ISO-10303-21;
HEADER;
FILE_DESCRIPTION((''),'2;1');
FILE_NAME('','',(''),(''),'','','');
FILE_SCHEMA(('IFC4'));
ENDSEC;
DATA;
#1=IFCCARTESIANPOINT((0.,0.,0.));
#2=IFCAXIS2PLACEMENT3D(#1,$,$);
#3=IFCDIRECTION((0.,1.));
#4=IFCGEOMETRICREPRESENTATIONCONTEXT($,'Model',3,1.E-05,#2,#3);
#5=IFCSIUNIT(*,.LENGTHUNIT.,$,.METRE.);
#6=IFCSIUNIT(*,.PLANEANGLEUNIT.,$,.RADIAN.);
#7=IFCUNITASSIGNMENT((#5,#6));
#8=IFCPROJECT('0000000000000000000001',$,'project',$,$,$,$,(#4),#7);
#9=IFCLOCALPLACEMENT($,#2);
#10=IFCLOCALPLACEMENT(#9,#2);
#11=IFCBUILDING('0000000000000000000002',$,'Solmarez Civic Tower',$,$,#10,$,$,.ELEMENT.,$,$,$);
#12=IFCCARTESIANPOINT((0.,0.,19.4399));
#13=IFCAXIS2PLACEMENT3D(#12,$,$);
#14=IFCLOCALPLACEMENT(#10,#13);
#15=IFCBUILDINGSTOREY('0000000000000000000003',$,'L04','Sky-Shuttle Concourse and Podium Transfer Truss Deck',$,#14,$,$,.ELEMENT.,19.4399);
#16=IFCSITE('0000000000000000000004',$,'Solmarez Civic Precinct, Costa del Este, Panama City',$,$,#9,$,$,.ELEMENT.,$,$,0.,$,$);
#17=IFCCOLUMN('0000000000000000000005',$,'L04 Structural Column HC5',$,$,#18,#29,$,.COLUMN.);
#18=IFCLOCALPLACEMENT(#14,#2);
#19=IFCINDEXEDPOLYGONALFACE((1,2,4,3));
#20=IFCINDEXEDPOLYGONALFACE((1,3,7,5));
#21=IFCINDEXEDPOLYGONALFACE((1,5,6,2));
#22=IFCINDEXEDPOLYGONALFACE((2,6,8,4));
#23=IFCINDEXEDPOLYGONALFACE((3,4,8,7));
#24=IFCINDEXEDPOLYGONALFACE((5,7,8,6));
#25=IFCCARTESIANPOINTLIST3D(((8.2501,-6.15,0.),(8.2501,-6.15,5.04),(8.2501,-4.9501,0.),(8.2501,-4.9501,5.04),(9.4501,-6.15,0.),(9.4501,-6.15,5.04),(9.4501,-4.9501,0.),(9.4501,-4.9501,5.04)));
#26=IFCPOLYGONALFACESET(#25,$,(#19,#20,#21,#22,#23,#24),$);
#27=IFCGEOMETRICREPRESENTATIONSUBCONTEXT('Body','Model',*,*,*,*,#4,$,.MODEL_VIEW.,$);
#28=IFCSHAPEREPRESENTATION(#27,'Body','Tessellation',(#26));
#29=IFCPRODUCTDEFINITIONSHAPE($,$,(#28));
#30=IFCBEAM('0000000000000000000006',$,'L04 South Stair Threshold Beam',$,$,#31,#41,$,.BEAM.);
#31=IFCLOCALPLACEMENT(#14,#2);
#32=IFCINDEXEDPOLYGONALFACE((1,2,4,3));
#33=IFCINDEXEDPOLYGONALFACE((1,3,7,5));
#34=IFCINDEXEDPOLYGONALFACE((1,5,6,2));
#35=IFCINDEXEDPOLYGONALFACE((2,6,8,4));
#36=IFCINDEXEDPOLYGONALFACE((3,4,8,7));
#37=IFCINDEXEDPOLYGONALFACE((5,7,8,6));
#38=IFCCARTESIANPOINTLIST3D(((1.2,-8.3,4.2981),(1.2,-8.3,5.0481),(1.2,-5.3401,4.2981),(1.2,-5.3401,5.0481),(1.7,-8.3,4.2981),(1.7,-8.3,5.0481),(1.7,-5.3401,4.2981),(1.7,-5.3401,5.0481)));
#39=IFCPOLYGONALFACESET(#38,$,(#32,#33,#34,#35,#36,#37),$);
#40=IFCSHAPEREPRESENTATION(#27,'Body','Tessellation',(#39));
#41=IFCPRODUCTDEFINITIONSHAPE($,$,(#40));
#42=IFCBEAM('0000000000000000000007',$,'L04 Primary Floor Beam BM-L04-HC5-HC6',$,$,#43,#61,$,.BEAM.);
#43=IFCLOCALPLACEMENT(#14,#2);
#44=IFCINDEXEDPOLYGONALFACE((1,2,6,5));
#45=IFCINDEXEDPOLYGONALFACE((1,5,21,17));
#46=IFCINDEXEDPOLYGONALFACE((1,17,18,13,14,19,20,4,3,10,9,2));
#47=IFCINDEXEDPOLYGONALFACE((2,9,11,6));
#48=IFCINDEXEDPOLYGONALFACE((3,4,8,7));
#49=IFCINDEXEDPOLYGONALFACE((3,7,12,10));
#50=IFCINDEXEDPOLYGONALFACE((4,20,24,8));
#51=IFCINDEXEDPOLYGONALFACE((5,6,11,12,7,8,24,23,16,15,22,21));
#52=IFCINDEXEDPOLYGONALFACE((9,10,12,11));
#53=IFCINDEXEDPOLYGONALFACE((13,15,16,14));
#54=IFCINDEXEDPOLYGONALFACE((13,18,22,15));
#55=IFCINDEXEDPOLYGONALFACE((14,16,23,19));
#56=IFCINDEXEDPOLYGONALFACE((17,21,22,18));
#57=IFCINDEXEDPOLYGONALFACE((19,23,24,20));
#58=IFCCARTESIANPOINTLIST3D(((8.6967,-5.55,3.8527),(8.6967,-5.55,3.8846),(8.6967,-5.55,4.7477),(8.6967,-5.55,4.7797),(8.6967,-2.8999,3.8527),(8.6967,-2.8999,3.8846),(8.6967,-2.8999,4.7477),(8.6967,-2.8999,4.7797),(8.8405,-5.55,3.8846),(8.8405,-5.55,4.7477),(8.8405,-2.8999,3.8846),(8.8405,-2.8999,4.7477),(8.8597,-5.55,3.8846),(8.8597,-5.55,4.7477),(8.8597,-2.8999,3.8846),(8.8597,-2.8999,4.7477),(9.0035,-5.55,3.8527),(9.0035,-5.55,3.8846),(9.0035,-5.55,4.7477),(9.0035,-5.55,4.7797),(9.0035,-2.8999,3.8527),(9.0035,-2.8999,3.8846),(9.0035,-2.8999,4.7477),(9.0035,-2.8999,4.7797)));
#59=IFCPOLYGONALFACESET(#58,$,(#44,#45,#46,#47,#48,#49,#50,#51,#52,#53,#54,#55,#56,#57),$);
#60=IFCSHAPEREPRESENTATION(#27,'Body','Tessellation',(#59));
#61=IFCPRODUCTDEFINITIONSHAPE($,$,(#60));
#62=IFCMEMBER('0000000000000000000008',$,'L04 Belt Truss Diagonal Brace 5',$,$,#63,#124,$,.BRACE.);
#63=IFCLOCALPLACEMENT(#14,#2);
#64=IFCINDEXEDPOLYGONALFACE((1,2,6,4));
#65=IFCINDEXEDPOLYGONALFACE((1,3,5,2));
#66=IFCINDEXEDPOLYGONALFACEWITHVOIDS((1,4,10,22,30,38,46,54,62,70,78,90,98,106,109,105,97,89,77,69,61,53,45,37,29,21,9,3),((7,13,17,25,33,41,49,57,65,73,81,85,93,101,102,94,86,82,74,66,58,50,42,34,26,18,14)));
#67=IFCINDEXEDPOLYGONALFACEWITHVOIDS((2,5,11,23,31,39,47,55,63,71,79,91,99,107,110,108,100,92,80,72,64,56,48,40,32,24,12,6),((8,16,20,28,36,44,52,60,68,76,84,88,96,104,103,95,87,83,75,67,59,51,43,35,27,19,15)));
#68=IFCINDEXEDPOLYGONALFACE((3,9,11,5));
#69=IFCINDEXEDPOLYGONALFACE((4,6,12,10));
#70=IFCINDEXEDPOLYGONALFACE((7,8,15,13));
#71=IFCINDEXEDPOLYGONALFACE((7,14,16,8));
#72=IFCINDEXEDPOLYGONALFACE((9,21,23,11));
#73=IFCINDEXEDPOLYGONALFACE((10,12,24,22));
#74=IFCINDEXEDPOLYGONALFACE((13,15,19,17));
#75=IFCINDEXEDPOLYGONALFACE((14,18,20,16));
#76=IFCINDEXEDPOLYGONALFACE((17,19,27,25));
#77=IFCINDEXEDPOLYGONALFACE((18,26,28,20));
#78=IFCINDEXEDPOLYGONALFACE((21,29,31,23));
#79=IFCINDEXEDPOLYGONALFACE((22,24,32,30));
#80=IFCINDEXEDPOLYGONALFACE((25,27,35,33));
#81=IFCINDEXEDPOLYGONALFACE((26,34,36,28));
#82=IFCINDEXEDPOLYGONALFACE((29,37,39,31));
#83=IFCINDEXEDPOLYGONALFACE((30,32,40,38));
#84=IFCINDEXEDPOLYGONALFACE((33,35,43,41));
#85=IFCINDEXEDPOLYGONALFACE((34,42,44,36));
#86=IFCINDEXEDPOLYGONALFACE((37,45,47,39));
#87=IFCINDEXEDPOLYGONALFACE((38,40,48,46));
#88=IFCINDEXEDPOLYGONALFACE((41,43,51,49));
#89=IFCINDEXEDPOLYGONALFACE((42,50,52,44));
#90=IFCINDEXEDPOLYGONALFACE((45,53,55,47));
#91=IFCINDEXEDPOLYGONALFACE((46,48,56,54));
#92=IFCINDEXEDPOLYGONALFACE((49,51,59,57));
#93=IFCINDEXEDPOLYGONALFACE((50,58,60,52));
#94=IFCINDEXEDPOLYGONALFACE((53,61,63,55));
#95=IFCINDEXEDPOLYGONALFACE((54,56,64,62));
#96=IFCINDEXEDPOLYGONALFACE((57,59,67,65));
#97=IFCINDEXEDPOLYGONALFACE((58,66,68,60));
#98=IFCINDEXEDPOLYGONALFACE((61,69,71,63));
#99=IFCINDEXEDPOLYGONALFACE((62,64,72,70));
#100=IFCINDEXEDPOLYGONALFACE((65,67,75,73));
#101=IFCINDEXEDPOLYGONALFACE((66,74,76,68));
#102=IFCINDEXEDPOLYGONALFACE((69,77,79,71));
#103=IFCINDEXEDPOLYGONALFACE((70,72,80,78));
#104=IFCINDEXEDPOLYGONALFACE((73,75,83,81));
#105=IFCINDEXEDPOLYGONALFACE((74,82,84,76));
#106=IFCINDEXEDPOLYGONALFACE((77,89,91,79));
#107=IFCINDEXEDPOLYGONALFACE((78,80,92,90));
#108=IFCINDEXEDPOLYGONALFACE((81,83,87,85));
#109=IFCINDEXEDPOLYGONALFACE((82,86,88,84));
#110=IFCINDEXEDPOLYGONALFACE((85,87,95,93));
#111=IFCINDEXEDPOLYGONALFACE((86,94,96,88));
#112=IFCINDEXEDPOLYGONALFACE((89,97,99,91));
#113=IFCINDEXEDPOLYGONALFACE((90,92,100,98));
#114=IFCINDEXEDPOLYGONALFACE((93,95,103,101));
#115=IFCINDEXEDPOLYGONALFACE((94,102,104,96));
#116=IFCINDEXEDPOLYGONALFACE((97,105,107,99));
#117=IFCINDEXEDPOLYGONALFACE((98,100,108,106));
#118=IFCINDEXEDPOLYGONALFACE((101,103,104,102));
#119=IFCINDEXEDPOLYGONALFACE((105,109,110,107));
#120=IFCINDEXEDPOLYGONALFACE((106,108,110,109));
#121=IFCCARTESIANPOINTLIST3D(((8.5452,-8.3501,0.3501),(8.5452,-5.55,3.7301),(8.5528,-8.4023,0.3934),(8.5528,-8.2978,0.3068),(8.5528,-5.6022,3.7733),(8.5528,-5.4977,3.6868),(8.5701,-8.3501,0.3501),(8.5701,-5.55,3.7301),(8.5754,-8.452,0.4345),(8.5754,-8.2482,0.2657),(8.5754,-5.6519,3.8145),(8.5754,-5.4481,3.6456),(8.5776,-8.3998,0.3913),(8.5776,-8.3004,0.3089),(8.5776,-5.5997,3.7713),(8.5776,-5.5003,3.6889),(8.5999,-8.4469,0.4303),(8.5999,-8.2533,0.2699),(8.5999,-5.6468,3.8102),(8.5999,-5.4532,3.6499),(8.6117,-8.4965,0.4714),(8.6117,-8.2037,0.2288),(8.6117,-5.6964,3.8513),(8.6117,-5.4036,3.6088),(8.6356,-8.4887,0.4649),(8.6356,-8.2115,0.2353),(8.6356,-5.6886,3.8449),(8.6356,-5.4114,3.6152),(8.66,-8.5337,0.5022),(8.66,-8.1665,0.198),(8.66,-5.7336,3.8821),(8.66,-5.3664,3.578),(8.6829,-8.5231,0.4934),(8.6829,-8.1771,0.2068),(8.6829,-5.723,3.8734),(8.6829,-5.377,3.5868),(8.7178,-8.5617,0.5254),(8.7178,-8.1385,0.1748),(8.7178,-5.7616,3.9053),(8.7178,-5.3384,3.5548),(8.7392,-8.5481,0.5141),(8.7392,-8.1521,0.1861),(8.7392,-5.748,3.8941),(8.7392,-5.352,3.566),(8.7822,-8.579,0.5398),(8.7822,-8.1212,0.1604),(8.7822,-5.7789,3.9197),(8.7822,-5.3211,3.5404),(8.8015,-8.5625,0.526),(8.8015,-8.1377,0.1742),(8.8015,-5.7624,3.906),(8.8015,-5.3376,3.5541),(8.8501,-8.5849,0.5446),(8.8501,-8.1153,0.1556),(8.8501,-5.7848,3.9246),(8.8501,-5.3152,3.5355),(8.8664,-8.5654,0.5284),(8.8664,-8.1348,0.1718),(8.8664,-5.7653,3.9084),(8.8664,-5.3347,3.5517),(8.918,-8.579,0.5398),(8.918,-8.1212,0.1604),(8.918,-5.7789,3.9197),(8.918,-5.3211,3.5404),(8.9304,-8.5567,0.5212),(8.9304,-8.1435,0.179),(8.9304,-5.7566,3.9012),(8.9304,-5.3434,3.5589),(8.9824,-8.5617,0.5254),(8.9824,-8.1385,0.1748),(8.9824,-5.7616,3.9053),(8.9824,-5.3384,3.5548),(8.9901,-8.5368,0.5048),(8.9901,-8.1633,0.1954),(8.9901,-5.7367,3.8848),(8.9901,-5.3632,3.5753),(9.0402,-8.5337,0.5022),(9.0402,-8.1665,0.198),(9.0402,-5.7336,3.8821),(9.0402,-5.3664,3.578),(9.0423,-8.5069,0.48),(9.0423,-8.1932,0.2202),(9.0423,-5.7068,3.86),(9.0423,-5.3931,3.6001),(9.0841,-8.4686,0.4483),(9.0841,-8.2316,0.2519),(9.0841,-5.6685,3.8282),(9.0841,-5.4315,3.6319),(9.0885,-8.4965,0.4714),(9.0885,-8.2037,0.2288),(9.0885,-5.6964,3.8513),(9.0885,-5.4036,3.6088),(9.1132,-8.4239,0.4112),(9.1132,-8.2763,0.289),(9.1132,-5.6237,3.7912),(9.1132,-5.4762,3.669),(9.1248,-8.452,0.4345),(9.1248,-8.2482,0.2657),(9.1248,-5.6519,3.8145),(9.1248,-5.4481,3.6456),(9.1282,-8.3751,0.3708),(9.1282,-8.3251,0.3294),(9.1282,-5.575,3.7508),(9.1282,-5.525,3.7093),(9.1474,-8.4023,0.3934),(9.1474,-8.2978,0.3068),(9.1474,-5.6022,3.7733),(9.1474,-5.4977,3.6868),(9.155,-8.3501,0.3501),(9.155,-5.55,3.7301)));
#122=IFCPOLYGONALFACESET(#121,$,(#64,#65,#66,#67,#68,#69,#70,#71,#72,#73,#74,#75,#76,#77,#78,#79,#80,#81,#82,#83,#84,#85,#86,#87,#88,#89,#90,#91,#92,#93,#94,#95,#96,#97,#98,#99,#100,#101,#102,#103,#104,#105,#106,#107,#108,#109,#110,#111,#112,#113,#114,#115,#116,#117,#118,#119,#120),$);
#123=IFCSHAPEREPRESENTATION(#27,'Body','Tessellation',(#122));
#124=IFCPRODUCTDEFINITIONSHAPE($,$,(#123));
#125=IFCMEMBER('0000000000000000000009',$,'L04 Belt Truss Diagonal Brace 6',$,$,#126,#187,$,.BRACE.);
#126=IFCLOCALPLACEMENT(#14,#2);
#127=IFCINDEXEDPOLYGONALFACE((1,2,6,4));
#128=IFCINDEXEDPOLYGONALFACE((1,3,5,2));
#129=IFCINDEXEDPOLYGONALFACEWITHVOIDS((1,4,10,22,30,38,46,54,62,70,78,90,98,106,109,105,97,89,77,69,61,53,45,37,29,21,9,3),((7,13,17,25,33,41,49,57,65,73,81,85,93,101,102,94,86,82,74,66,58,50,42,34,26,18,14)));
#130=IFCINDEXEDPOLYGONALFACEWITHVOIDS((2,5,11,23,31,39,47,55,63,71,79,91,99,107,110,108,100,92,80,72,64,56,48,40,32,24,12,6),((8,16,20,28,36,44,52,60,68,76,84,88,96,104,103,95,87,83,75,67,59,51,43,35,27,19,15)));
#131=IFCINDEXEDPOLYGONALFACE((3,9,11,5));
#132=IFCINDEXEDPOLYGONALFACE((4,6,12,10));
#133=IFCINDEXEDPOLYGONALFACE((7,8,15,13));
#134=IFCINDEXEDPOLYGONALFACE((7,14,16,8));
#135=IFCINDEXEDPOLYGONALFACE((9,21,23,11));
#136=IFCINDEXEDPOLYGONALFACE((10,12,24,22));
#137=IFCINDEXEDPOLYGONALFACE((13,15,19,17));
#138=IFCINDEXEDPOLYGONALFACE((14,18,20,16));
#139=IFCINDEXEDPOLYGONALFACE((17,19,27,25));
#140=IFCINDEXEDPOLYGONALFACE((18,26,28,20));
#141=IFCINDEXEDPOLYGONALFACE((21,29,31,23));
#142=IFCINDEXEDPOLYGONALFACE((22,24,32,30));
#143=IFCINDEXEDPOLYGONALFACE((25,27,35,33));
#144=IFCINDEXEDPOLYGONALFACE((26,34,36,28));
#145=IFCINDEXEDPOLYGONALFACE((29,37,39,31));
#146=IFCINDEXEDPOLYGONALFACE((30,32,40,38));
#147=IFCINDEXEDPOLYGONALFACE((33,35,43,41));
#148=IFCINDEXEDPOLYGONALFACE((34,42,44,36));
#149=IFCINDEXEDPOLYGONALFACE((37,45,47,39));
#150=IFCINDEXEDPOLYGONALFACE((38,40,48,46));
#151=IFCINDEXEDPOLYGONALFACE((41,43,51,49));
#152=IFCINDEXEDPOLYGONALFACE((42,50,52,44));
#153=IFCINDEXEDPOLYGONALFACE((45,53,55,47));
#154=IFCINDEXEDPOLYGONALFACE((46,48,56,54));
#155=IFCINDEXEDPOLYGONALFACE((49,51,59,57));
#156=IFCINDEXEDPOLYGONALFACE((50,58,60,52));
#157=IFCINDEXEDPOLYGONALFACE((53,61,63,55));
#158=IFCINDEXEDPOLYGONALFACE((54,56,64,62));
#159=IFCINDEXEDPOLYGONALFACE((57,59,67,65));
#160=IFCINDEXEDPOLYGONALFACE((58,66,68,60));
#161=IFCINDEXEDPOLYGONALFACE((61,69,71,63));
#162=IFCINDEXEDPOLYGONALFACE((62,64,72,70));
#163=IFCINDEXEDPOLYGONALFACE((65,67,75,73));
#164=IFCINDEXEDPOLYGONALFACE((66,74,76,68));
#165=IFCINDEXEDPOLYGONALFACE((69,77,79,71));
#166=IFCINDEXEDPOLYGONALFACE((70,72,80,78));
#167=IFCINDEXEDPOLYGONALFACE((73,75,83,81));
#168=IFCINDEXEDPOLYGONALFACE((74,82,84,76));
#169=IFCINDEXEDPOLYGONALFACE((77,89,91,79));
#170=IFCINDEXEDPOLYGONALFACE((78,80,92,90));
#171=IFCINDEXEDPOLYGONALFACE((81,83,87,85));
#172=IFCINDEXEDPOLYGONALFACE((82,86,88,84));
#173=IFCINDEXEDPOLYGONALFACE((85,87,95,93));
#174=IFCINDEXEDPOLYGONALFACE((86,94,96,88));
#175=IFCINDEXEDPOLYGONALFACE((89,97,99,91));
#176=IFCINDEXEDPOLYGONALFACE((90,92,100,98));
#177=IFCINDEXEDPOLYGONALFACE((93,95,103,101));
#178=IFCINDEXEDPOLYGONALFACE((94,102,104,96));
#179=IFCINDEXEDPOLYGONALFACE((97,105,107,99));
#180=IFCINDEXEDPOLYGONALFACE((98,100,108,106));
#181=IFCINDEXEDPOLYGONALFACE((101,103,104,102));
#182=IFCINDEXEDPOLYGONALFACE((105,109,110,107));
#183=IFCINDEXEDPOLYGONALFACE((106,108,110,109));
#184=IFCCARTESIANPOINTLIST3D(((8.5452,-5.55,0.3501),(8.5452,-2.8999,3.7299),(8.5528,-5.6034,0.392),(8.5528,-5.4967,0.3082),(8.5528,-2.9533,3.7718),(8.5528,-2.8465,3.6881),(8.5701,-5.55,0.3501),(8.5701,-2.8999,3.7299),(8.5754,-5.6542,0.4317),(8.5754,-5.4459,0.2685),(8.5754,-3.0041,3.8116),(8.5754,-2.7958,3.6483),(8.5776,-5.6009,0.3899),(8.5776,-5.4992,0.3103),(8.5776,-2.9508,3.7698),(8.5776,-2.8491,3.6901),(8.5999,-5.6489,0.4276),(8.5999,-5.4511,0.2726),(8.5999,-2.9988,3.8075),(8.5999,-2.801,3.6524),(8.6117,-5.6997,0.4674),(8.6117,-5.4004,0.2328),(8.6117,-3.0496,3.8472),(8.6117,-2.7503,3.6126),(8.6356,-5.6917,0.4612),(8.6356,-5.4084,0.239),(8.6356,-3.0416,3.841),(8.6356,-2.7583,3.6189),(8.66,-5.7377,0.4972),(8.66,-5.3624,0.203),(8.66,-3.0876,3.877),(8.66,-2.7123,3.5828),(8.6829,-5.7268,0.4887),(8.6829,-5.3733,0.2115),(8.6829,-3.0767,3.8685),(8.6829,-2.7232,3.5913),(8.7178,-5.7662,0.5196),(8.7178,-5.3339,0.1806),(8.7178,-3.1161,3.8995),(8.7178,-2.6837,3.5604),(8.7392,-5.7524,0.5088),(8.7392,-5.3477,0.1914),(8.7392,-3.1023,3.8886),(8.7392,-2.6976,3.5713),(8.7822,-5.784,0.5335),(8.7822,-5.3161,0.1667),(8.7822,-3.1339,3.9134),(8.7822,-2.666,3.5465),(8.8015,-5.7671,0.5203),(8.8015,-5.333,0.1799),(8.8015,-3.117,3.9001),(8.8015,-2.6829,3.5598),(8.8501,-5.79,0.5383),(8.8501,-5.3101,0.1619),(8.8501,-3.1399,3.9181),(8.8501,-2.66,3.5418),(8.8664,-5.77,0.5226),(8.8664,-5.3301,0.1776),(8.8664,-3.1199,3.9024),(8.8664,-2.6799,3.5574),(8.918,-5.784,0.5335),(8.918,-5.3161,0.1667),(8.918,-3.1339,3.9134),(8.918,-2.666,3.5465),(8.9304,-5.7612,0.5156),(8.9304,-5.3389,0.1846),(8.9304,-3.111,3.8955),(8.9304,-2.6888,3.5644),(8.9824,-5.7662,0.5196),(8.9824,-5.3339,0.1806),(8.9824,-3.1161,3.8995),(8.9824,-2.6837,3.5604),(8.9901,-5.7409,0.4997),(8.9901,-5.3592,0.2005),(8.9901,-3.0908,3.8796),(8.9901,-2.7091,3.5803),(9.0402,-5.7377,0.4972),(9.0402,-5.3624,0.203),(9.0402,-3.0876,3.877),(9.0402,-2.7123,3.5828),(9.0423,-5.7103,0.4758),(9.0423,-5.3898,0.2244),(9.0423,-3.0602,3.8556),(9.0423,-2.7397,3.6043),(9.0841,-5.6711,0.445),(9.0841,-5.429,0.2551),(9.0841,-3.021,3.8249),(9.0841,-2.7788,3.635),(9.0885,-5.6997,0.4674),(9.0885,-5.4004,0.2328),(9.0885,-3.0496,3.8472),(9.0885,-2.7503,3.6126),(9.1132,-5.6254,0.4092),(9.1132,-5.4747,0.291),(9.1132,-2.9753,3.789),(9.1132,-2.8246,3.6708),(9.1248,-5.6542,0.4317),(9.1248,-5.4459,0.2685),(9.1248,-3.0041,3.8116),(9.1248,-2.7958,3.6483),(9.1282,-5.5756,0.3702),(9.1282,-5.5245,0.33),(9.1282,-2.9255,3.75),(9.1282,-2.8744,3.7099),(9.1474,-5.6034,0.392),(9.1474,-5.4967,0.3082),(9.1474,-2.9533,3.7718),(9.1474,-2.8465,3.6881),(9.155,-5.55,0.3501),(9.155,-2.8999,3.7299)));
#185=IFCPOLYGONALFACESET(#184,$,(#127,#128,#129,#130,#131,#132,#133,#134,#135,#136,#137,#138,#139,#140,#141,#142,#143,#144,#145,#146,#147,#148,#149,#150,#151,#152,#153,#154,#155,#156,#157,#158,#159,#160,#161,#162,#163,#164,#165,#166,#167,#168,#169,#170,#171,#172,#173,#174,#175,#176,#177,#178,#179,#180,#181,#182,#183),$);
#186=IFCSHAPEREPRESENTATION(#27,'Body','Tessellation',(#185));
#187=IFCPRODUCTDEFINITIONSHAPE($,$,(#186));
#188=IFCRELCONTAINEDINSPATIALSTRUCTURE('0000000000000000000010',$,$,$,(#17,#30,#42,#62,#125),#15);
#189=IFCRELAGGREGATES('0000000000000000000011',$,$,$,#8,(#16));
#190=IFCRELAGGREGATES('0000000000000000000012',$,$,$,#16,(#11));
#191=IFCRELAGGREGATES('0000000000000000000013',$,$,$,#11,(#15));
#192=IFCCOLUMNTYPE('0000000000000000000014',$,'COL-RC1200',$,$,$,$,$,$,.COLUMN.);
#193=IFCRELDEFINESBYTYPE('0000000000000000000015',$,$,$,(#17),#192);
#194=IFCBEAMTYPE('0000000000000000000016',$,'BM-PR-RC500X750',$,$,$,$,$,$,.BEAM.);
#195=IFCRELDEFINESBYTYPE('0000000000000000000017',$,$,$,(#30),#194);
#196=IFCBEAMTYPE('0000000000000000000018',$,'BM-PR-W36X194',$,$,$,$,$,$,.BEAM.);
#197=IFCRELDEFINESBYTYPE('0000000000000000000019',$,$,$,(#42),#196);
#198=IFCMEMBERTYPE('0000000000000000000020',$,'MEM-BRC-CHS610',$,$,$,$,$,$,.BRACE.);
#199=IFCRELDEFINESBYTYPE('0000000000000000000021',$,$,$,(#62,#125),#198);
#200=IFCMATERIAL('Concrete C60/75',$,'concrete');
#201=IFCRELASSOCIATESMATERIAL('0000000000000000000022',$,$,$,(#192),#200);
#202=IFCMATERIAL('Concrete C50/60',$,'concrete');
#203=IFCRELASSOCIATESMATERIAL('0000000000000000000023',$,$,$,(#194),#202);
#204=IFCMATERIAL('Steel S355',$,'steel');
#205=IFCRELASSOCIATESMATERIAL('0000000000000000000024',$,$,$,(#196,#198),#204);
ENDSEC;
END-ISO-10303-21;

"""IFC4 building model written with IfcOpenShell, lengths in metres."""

from ifc_helpers import new_model, si_unit, direction, frame, origin, origin_2d, place, context, subcontext, project, spatial, rectangle, hollow_circle, i_section, extrude, material, material_profile, profile_set, type_object, element, save


model = new_model("IFC4")

# Units and contexts
model_context = context("Model", 3, precision=1e-05, world=origin(), true_north=direction((0.0, 1.0)))
body_context = subcontext(model_context, "Body", "Model", "MODEL_VIEW")
ifc_project = project(units=[si_unit("LENGTHUNIT", "METRE"), si_unit("PLANEANGLEUNIT", "RADIAN")], contexts=[model_context])

# Site, building, storey
site_placement = place(None, origin())
site = spatial("IfcSite", under=ifc_project, at=site_placement, Name="Solmarez Civic Precinct, Costa del Este, Panama City", CompositionType="ELEMENT", RefElevation=0.0)
building_placement = place(site_placement, origin())
building = spatial("IfcBuilding", under=site, at=building_placement, Name="Solmarez Civic Tower", CompositionType="ELEMENT")
storey_placement = place(building_placement, frame((0.0, 0.0, 19.4399)))
storey = spatial("IfcBuildingStorey", under=building, at=storey_placement, Name="L04", Description="Sky-Shuttle Concourse and Podium Transfer Truss Deck", CompositionType="ELEMENT", Elevation=19.4399)

# Column
ifc_material_1 = material(Name="Concrete C60/75", Category="concrete")
ifc_material_profile_1 = material_profile(ifc_material_1, rectangle(XDim=1.2, YDim=1.2, at=origin_2d()), Name="RC1200X1200")
ifc_profile_set_1 = profile_set([ifc_material_profile_1], Name="Concrete C60/75")
column_type = type_object("IfcColumnType", Name="COL-RC1200", PredefinedType="COLUMN", material=ifc_profile_set_1)
column_placement = place(storey_placement, frame((8.8501, -5.55, 0.0), z_axis=(0.0, 0.0, 1.0), x_axis=(1.0, 0.0, 0.0)))
element("IfcColumn", 1, at=column_placement, inside=storey, type_object=column_type, Name="L04 Structural Column HC5", PredefinedType="COLUMN", context=body_context, shape_type="SweptSolid", body=[
    extrude(rectangle(XDim=1.2, YDim=1.2, at=origin_2d()), origin(), (0.0, 0.0, 1.0), 5.04),
])

# Beams
ifc_material_2 = material(Name="Concrete C50/60", Category="concrete")
ifc_material_profile_2 = material_profile(ifc_material_2, rectangle(XDim=0.5, YDim=0.75, at=origin_2d()), Name="RC500X750")
ifc_profile_set_2 = profile_set([ifc_material_profile_2], Name="Concrete C50/60")
beam_type_1 = type_object("IfcBeamType", Name="BM-PR-RC500X750", PredefinedType="BEAM", material=ifc_profile_set_2)
beam_1_placement = place(storey_placement, frame((1.45, -8.3, 4.6731), z_axis=(0.0, 1.0, 0.0), x_axis=(-1.0, 0.0, 0.0)))
element("IfcBeam", 2, at=beam_1_placement, inside=storey, type_object=beam_type_1, Name="L04 South Stair Threshold Beam", PredefinedType="BEAM", context=body_context, shape_type="SweptSolid", body=[
    extrude(rectangle(XDim=0.5, YDim=0.75, at=origin_2d()), origin(), (0.0, 0.0, 1.0), 2.96),
])
ifc_material_3 = material(Name="Steel S355", Category="steel")
ifc_material_profile_3 = material_profile(ifc_material_3, i_section(OverallWidth=0.3069, OverallDepth=0.927, WebThickness=0.0193, FlangeThickness=0.032, at=origin_2d()), Name="W36X194")
ifc_profile_set_3 = profile_set([ifc_material_profile_3], Name="Steel S355")
beam_type_2 = type_object("IfcBeamType", Name="BM-PR-W36X194", PredefinedType="BEAM", material=ifc_profile_set_3)
beam_2_placement = place(storey_placement, frame((8.8501, -5.55, 4.3162), z_axis=(0.0, 1.0, 0.0), x_axis=(-1.0, 0.0, 0.0)))
element("IfcBeam", 3, at=beam_2_placement, inside=storey, type_object=beam_type_2, Name="L04 Primary Floor Beam BM-L04-HC5-HC6", PredefinedType="BEAM", context=body_context, shape_type="SweptSolid", body=[
    extrude(i_section(OverallWidth=0.3069, OverallDepth=0.927, WebThickness=0.0193, FlangeThickness=0.032, at=origin_2d()), origin(), (0.0, 0.0, 1.0), 2.6501),
])

# Members
ifc_material_profile_4 = material_profile(ifc_material_3, hollow_circle(Radius=0.3049, WallThickness=0.0249, at=origin_2d()), Name="CHS610X25")
ifc_profile_set_4 = profile_set([ifc_material_profile_4], Name="Steel S355")
member_type_1 = type_object("IfcMemberType", Name="MEM-BRC-CHS610", PredefinedType="BRACE", material=ifc_profile_set_4)
member_1_placement = place(storey_placement, frame((8.8501, -8.3501, 0.3501), z_axis=(0.0, 0.63796, 0.770069), x_axis=(-1.0, 0.0, 0.0)))
element("IfcMember", 4, at=member_1_placement, inside=storey, type_object=member_type_1, Name="L04 Belt Truss Diagonal Brace 5", PredefinedType="BRACE", context=body_context, shape_type="SweptSolid", body=[
    extrude(hollow_circle(Radius=0.3049, WallThickness=0.0249, at=origin_2d()), origin(), (0.0, 0.0, 1.0), 4.3892),
])
member_2_placement = place(storey_placement, frame((8.8501, -5.55, 0.3501), z_axis=(0.0, 0.617033, 0.786937), x_axis=(-1.0, 0.0, 0.0)))
element("IfcMember", 5, at=member_2_placement, inside=storey, type_object=member_type_1, Name="L04 Belt Truss Diagonal Brace 6", PredefinedType="BRACE", context=body_context, shape_type="SweptSolid", body=[
    extrude(hollow_circle(Radius=0.3049, WallThickness=0.0249, at=origin_2d()), origin(), (0.0, 0.0, 1.0), 4.2949),
])

save(model, "model.ifc")
